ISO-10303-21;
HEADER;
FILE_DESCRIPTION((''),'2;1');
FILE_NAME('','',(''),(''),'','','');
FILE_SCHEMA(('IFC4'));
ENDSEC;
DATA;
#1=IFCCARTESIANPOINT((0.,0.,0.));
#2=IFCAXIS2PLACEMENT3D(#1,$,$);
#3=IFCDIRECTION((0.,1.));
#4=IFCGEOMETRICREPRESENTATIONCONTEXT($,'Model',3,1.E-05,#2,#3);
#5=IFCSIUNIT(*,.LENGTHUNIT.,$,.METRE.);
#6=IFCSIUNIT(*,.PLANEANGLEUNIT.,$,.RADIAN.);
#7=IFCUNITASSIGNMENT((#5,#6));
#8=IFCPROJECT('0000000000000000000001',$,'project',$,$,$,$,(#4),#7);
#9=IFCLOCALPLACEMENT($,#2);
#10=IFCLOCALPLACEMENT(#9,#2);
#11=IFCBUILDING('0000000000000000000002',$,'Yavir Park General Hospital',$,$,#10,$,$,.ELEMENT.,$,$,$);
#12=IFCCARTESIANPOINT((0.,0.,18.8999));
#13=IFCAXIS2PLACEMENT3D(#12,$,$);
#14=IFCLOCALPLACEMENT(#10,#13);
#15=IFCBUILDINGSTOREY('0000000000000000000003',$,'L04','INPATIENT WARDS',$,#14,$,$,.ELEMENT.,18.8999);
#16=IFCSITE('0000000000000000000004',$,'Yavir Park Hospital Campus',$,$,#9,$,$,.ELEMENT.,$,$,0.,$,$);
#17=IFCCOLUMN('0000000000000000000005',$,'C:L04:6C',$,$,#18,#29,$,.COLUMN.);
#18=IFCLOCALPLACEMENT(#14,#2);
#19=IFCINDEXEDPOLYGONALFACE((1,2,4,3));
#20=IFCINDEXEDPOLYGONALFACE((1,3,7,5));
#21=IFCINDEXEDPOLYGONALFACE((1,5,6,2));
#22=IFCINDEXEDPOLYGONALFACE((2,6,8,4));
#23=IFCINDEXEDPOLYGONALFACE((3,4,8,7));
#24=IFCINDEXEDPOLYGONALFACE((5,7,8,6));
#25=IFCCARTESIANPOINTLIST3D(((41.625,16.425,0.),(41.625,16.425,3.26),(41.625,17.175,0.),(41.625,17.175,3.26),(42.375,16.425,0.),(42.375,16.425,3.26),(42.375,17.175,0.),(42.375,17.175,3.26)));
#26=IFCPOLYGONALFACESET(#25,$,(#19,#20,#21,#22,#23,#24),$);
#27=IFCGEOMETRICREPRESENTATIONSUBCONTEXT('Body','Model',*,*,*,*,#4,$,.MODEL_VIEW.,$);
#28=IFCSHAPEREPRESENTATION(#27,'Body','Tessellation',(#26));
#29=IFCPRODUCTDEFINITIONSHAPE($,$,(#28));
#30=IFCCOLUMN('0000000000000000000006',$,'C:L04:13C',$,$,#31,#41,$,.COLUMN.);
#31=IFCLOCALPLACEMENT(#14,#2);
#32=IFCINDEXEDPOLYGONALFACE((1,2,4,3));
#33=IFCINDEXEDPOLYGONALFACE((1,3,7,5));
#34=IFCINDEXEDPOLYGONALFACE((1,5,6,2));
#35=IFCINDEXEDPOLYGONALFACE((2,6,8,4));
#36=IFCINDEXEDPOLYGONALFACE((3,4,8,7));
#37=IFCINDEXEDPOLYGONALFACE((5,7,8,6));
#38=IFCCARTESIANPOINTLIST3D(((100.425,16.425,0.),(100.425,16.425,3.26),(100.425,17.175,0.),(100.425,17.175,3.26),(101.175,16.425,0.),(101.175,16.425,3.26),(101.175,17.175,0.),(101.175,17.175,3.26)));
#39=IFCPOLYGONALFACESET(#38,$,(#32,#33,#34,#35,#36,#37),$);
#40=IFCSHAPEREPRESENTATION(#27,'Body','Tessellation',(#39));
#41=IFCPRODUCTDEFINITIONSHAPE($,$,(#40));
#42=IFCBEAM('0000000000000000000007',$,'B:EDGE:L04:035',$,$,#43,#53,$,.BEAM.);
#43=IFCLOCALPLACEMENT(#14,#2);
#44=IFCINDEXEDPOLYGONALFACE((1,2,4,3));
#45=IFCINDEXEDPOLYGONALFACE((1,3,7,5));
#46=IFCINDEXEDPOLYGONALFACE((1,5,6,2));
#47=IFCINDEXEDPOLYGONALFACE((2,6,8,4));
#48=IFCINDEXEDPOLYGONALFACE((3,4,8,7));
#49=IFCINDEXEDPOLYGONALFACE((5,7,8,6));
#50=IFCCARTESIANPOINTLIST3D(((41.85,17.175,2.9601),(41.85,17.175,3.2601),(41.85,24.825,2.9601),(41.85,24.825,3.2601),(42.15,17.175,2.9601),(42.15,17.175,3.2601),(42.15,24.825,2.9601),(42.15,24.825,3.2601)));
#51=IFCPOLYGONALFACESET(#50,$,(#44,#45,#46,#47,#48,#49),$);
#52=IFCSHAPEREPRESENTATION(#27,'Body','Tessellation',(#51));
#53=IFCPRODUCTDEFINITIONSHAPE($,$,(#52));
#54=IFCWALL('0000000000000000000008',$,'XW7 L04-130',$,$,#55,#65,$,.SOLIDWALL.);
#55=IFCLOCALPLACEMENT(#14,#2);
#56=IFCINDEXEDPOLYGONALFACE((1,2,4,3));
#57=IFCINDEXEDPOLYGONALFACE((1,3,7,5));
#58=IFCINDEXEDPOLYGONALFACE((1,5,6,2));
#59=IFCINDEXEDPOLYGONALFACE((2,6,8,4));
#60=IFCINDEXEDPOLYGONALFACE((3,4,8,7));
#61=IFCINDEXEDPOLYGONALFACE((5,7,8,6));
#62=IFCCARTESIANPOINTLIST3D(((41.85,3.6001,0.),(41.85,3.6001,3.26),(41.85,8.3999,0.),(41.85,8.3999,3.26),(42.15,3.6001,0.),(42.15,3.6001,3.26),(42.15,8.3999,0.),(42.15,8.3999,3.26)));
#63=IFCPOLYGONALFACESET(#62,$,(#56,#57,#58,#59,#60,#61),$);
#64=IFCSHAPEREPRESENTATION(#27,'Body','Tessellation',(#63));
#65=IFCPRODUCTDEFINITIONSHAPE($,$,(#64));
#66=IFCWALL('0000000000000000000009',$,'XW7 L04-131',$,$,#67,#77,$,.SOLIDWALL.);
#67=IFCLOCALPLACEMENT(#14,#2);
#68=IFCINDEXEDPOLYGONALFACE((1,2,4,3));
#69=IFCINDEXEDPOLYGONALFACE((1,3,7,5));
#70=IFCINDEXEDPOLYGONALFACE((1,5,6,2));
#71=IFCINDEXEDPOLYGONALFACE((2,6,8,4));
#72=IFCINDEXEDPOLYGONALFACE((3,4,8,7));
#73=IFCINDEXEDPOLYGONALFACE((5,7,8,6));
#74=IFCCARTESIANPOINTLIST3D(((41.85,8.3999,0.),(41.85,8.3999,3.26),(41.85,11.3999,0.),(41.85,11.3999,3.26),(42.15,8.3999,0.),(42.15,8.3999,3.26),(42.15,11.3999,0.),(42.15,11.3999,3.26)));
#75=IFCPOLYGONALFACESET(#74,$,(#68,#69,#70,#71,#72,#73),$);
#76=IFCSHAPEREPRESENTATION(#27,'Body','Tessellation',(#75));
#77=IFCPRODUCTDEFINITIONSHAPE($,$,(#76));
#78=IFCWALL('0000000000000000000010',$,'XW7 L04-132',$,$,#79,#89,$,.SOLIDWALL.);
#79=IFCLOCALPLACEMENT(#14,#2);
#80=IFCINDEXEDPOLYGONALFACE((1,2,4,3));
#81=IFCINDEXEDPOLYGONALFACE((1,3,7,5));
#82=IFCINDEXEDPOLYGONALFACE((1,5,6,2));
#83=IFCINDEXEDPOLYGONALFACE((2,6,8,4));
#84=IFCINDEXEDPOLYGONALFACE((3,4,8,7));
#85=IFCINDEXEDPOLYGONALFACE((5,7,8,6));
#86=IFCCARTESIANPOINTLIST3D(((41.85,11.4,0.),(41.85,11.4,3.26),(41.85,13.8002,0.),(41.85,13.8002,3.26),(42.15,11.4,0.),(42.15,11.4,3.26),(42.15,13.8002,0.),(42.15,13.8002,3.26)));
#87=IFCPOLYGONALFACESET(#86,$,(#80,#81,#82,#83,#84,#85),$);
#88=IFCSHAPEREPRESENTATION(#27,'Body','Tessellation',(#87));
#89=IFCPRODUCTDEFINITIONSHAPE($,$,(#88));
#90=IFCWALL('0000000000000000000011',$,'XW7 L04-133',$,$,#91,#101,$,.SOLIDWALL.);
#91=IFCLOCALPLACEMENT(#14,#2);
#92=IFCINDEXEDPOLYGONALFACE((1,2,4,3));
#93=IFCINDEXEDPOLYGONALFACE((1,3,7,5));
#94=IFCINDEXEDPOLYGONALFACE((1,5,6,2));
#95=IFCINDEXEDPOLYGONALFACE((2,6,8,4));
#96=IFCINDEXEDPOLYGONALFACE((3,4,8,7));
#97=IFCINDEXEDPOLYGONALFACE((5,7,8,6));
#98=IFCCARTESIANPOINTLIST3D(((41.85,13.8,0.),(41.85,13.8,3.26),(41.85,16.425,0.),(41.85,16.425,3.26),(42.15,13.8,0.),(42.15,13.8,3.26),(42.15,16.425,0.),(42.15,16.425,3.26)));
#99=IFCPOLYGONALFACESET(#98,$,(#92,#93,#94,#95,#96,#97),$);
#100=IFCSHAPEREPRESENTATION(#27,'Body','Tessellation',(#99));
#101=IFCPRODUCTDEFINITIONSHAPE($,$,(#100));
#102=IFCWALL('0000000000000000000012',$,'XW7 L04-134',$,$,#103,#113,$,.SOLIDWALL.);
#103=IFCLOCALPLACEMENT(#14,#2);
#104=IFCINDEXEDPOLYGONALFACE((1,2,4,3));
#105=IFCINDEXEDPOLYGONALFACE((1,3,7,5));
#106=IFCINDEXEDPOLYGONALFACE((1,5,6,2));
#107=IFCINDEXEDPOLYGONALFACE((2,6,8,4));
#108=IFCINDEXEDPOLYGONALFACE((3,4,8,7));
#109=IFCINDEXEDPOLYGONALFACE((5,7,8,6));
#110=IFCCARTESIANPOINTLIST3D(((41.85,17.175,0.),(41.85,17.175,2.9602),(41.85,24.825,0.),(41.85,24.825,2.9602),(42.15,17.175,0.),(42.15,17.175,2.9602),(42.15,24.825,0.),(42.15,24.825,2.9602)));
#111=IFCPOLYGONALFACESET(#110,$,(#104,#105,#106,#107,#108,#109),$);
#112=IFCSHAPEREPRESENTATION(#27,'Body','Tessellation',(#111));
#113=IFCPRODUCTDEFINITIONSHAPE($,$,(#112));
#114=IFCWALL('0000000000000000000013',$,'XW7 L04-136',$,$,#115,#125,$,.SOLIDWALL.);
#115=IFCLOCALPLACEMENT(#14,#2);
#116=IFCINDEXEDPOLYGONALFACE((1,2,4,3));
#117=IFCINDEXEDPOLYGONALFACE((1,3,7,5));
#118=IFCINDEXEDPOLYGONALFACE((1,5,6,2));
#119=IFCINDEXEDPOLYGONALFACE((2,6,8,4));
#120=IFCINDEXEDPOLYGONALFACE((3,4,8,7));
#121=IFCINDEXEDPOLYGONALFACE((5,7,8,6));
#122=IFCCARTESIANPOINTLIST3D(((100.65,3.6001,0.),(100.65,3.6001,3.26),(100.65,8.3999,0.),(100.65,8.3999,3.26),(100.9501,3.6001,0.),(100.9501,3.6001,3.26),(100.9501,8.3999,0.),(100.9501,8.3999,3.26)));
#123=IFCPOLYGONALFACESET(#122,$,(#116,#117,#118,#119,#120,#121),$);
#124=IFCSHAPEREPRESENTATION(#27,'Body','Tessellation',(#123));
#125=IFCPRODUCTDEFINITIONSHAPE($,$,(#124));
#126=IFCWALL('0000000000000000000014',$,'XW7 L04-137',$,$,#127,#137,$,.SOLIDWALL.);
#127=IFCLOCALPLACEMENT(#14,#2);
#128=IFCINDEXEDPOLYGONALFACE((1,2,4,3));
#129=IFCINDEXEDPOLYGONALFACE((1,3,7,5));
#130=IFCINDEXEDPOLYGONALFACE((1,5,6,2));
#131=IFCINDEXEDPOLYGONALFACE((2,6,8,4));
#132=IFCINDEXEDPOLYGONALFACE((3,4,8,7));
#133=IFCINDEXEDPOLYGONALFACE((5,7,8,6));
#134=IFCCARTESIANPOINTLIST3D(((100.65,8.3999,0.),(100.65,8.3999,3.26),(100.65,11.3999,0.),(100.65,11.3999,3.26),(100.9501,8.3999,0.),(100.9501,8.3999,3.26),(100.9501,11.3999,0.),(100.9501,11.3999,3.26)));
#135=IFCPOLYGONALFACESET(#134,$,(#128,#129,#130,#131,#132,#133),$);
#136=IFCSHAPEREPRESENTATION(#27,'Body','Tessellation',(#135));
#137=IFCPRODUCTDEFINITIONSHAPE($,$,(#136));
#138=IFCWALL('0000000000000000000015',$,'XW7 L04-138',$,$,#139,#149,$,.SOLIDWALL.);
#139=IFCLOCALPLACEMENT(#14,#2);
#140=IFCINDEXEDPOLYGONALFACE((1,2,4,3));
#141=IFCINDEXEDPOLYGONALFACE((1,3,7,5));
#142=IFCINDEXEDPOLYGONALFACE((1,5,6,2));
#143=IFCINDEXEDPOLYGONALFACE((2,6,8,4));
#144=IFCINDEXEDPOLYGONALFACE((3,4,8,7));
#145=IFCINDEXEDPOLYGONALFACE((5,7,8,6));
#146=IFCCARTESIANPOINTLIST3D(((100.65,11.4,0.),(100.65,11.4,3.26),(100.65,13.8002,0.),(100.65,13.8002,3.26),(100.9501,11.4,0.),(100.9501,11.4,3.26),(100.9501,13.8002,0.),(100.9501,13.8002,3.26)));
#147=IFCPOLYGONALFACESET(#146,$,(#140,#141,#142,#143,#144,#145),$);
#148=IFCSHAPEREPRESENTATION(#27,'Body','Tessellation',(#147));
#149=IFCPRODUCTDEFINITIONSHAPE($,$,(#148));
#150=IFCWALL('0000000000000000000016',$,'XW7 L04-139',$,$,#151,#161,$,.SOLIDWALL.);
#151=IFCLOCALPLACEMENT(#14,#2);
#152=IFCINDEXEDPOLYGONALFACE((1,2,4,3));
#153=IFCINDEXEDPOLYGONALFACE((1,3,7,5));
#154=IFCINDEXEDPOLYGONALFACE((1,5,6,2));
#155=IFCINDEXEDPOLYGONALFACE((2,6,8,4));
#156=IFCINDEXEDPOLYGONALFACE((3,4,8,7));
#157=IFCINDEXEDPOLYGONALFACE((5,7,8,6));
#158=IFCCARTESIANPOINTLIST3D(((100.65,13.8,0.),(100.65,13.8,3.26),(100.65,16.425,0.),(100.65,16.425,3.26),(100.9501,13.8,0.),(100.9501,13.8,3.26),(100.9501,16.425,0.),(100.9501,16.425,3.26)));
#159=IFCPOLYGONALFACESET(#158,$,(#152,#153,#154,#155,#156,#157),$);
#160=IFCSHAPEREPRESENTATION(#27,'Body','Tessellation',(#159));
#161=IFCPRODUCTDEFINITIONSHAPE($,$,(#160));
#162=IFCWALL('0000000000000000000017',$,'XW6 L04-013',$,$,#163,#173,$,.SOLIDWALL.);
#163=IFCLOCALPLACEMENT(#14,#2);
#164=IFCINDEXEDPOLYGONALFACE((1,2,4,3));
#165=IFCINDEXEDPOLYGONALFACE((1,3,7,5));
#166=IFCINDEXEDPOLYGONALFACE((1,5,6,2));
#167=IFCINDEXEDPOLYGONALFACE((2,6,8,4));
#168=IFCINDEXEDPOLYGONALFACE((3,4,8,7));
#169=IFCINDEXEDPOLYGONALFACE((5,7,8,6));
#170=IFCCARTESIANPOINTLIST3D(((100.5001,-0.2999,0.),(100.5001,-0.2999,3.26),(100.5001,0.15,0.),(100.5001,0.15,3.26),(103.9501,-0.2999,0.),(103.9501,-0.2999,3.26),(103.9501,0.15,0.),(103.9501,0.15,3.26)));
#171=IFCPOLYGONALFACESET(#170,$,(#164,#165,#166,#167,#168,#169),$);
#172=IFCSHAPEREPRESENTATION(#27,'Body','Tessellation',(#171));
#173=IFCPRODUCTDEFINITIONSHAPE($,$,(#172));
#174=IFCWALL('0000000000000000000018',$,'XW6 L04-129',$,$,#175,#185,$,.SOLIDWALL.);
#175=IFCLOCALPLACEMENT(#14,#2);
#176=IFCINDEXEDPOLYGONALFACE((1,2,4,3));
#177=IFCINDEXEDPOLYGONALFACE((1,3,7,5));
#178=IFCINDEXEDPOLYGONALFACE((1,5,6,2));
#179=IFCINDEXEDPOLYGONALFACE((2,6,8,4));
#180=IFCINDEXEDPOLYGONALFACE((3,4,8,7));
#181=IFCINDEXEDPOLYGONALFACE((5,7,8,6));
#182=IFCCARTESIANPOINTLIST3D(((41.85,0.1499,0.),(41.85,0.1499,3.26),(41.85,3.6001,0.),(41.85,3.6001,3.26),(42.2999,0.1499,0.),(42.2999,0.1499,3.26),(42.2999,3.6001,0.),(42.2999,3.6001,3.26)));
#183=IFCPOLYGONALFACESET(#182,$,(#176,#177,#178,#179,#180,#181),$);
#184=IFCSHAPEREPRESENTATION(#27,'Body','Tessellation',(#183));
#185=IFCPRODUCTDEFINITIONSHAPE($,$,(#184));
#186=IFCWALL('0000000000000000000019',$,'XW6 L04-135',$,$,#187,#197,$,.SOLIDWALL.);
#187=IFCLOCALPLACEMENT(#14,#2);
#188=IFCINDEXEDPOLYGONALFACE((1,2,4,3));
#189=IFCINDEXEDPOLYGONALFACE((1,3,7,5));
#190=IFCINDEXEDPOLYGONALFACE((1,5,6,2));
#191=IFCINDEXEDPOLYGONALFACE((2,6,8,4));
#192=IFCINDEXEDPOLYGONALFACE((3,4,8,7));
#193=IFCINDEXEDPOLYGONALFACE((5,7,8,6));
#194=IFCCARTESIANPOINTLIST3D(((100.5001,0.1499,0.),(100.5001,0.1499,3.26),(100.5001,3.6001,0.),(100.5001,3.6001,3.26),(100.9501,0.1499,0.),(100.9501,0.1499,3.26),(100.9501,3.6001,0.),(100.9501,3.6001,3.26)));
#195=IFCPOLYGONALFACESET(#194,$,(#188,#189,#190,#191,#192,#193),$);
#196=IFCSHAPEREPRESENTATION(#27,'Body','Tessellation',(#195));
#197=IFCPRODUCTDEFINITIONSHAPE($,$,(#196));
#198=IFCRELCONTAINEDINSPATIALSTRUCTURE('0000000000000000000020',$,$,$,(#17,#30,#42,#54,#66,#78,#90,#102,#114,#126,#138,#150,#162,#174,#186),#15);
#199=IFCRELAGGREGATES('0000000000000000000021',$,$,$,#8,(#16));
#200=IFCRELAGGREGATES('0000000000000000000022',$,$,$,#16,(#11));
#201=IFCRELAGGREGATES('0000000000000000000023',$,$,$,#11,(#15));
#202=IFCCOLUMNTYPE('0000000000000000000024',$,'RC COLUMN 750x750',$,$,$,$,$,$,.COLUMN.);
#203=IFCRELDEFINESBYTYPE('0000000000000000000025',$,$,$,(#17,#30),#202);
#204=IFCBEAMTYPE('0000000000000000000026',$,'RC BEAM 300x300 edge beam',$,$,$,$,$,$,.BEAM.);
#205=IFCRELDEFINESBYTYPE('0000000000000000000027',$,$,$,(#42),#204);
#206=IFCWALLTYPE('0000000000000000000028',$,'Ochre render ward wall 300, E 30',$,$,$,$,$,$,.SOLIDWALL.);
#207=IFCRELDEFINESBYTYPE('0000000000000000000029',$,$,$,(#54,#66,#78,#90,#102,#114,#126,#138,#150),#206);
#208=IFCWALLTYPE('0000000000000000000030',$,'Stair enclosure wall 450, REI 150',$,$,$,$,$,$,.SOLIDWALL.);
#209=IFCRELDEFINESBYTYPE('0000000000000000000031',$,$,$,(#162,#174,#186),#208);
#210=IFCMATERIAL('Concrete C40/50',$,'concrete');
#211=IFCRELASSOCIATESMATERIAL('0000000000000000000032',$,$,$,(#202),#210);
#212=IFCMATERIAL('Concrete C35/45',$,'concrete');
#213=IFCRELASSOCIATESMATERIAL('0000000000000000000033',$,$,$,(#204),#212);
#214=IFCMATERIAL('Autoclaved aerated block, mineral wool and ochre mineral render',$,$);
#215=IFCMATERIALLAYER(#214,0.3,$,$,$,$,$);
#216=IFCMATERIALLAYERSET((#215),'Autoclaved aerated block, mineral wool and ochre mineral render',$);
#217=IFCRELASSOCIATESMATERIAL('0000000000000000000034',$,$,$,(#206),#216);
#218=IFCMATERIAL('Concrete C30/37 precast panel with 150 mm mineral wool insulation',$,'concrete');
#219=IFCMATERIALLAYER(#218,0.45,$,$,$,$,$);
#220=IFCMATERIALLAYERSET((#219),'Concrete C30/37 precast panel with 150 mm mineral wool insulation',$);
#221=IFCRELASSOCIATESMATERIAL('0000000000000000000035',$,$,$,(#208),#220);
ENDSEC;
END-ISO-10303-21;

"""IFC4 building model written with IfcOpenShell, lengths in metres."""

from ifc_helpers import new_model, si_unit, direction, frame, frame_2d, origin, origin_2d, place, context, subcontext, project, spatial, rectangle, extrude, material, layer, layer_set, material_profile, profile_set, type_object, element, save


model = new_model("IFC4")

# Units and contexts
model_context = context("Model", 3, precision=1e-05, world=origin(), true_north=direction((0.0, 1.0)))
body_context = subcontext(model_context, "Body", "Model", "MODEL_VIEW")
ifc_project = project(units=[si_unit("LENGTHUNIT", "METRE"), si_unit("PLANEANGLEUNIT", "RADIAN")], contexts=[model_context])

# Site, building, storey
site_placement = place(None, origin())
site = spatial("IfcSite", under=ifc_project, at=site_placement, Name="Yavir Park Hospital Campus", CompositionType="ELEMENT", RefElevation=0.0)
building_placement = place(site_placement, origin())
building = spatial("IfcBuilding", under=site, at=building_placement, Name="Yavir Park General Hospital", CompositionType="ELEMENT")
storey_placement = place(building_placement, frame((0.0, 0.0, 18.8999)))
storey = spatial("IfcBuildingStorey", under=building, at=storey_placement, Name="L04", Description="INPATIENT WARDS", CompositionType="ELEMENT", Elevation=18.8999)

# Columns
ifc_material_1 = material(Name="Concrete C40/50", Category="concrete")
ifc_material_profile_1 = material_profile(ifc_material_1, rectangle(XDim=0.75, YDim=0.75, at=origin_2d()), Name="RC750x750")
ifc_profile_set_1 = profile_set([ifc_material_profile_1], Name="Concrete C40/50")
column_type = type_object("IfcColumnType", Name="RC COLUMN 750x750", PredefinedType="COLUMN", material=ifc_profile_set_1)
for number, where, z_axis, x_axis, name in (
    (1, (42.0, 16.8, 0.0), (0.0, 0.0, 1.0), (1.0, 0.0, 0.0), "C:L04:6C"),
    (2, (100.8, 16.8, 0.0), (0.0, 0.0, 1.0), (1.0, 0.0, 0.0), "C:L04:13C"),
):
    element("IfcColumn", number, at=place(storey_placement, frame(where, z_axis=z_axis, x_axis=x_axis)), inside=storey, type_object=column_type, Name=name, PredefinedType="COLUMN", context=body_context, shape_type="SweptSolid", body=[
        extrude(rectangle(XDim=0.75, YDim=0.75, at=origin_2d()), origin(), (0.0, 0.0, 1.0), 3.26),
    ])

# Beam
ifc_material_2 = material(Name="Concrete C35/45", Category="concrete")
ifc_material_profile_2 = material_profile(ifc_material_2, rectangle(XDim=0.3, YDim=0.3, at=origin_2d()), Name="RC300x300")
ifc_profile_set_2 = profile_set([ifc_material_profile_2], Name="Concrete C35/45")
beam_type = type_object("IfcBeamType", Name="RC BEAM 300x300 edge beam", PredefinedType="BEAM", material=ifc_profile_set_2)
beam_placement = place(storey_placement, frame((42.0, 17.175, 3.1101), z_axis=(0.0, 1.0, 0.0), x_axis=(-1.0, 0.0, 0.0)))
element("IfcBeam", 3, at=beam_placement, inside=storey, type_object=beam_type, Name="B:EDGE:L04:035", PredefinedType="BEAM", context=body_context, shape_type="SweptSolid", body=[
    extrude(rectangle(XDim=0.3, YDim=0.3, at=origin_2d()), origin(), (0.0, 0.0, 1.0), 7.6499),
])

# Walls
ifc_material_3 = material(Name="Autoclaved aerated block, mineral wool and ochre mineral render")
ifc_layer_1 = layer(ifc_material_3, 0.3)
ifc_layer_set_1 = layer_set([ifc_layer_1], Name="Autoclaved aerated block, mineral wool and ochre mineral render")
wall_type_1 = type_object("IfcWallType", Name="Ochre render ward wall 300, E 30", PredefinedType="SOLIDWALL", material=ifc_layer_set_1)
wall_1_placement = place(storey_placement, frame((42.0, 3.6001, 0.0), z_axis=(0.0, 0.0, 1.0), x_axis=(0.0, 1.0, 0.0)))
element("IfcWall", 4, at=wall_1_placement, inside=storey, type_object=wall_type_1, Name="XW7 L04-130", PredefinedType="SOLIDWALL", context=body_context, shape_type="SweptSolid", body=[
    extrude(rectangle(XDim=4.7998, YDim=0.3, at=frame_2d((2.3999, 0.0))), origin(), (0.0, 0.0, 1.0), 3.26),
])
wall_2_placement = place(storey_placement, frame((42.0, 8.3999, 0.0), z_axis=(0.0, 0.0, 1.0), x_axis=(0.0, 1.0, 0.0)))
element("IfcWall", 5, at=wall_2_placement, inside=storey, type_object=wall_type_1, Name="XW7 L04-131", PredefinedType="SOLIDWALL", context=body_context, shape_type="SweptSolid", body=[
    extrude(rectangle(XDim=3.0, YDim=0.3, at=frame_2d((1.5, 0.0))), origin(), (0.0, 0.0, 1.0), 3.26),
])
wall_3_placement = place(storey_placement, frame((42.0, 11.3999, 0.0), z_axis=(0.0, 0.0, 1.0), x_axis=(0.0, 1.0, 0.0)))
element("IfcWall", 6, at=wall_3_placement, inside=storey, type_object=wall_type_1, Name="XW7 L04-132", PredefinedType="SOLIDWALL", context=body_context, shape_type="SweptSolid", body=[
    extrude(rectangle(XDim=2.4001, YDim=0.3, at=frame_2d((1.2002, 0.0))), origin(), (0.0, 0.0, 1.0), 3.26),
])
wall_4_placement = place(storey_placement, frame((42.0, 13.8, 0.0), z_axis=(0.0, 0.0, 1.0), x_axis=(0.0, 1.0, 0.0)))
element("IfcWall", 7, at=wall_4_placement, inside=storey, type_object=wall_type_1, Name="XW7 L04-133", PredefinedType="SOLIDWALL", context=body_context, shape_type="SweptSolid", body=[
    extrude(rectangle(XDim=2.625, YDim=0.3, at=frame_2d((1.3125, 0.0))), origin(), (0.0, 0.0, 1.0), 3.26),
])
wall_5_placement = place(storey_placement, frame((42.0, 17.175, 0.0), z_axis=(0.0, 0.0, 1.0), x_axis=(0.0, 1.0, 0.0)))
element("IfcWall", 8, at=wall_5_placement, inside=storey, type_object=wall_type_1, Name="XW7 L04-134", PredefinedType="SOLIDWALL", context=body_context, shape_type="SweptSolid", body=[
    extrude(rectangle(XDim=7.6499, YDim=0.3, at=frame_2d((3.825, 0.0))), origin(), (0.0, 0.0, 1.0), 2.9602),
])
wall_6_placement = place(storey_placement, frame((100.8, 3.6001, 0.0), z_axis=(0.0, 0.0, 1.0), x_axis=(0.0, 1.0, 0.0)))
element("IfcWall", 9, at=wall_6_placement, inside=storey, type_object=wall_type_1, Name="XW7 L04-136", PredefinedType="SOLIDWALL", context=body_context, shape_type="SweptSolid", body=[
    extrude(rectangle(XDim=4.7998, YDim=0.3, at=frame_2d((2.3999, 0.0))), origin(), (0.0, 0.0, 1.0), 3.26),
])
wall_7_placement = place(storey_placement, frame((100.8, 8.3999, 0.0), z_axis=(0.0, 0.0, 1.0), x_axis=(0.0, 1.0, 0.0)))
element("IfcWall", 10, at=wall_7_placement, inside=storey, type_object=wall_type_1, Name="XW7 L04-137", PredefinedType="SOLIDWALL", context=body_context, shape_type="SweptSolid", body=[
    extrude(rectangle(XDim=3.0, YDim=0.3, at=frame_2d((1.5, 0.0))), origin(), (0.0, 0.0, 1.0), 3.26),
])
wall_8_placement = place(storey_placement, frame((100.8, 11.3999, 0.0), z_axis=(0.0, 0.0, 1.0), x_axis=(0.0, 1.0, 0.0)))
element("IfcWall", 11, at=wall_8_placement, inside=storey, type_object=wall_type_1, Name="XW7 L04-138", PredefinedType="SOLIDWALL", context=body_context, shape_type="SweptSolid", body=[
    extrude(rectangle(XDim=2.4001, YDim=0.3, at=frame_2d((1.2002, 0.0))), origin(), (0.0, 0.0, 1.0), 3.26),
])
wall_9_placement = place(storey_placement, frame((100.8, 13.8, 0.0), z_axis=(0.0, 0.0, 1.0), x_axis=(0.0, 1.0, 0.0)))
element("IfcWall", 12, at=wall_9_placement, inside=storey, type_object=wall_type_1, Name="XW7 L04-139", PredefinedType="SOLIDWALL", context=body_context, shape_type="SweptSolid", body=[
    extrude(rectangle(XDim=2.625, YDim=0.3, at=frame_2d((1.3125, 0.0))), origin(), (0.0, 0.0, 1.0), 3.26),
])
ifc_material_4 = material(Name="Concrete C30/37 precast panel with 150 mm mineral wool insulation", Category="concrete")
ifc_layer_2 = layer(ifc_material_4, 0.45)
ifc_layer_set_2 = layer_set([ifc_layer_2], Name="Concrete C30/37 precast panel with 150 mm mineral wool insulation")
wall_type_2 = type_object("IfcWallType", Name="Stair enclosure wall 450, REI 150", PredefinedType="SOLIDWALL", material=ifc_layer_set_2)
wall_10_placement = place(storey_placement, frame((100.5, -0.075, 0.0), z_axis=(0.0, 0.0, 1.0), x_axis=(1.0, 0.0, 0.0)))
element("IfcWall", 13, at=wall_10_placement, inside=storey, type_object=wall_type_2, Name="XW6 L04-013", PredefinedType="SOLIDWALL", context=body_context, shape_type="SweptSolid", body=[
    extrude(rectangle(XDim=3.45, YDim=0.45, at=frame_2d((1.7251, 0.0))), origin(), (0.0, 0.0, 1.0), 3.26),
])
for number, where, z_axis, x_axis, name in (
    (14, (42.075, 0.1499, 0.0), (0.0, 0.0, 1.0), (0.0, 1.0, 0.0), "XW6 L04-129"),
    (15, (100.7251, 0.1499, 0.0), (0.0, 0.0, 1.0), (0.0, 1.0, 0.0), "XW6 L04-135"),
):
    element("IfcWall", number, at=place(storey_placement, frame(where, z_axis=z_axis, x_axis=x_axis)), inside=storey, type_object=wall_type_2, Name=name, PredefinedType="SOLIDWALL", context=body_context, shape_type="SweptSolid", body=[
        extrude(rectangle(XDim=3.4502, YDim=0.45, at=frame_2d((1.7251, 0.0))), origin(), (0.0, 0.0, 1.0), 3.26),
    ])

save(model, "model.ifc")
